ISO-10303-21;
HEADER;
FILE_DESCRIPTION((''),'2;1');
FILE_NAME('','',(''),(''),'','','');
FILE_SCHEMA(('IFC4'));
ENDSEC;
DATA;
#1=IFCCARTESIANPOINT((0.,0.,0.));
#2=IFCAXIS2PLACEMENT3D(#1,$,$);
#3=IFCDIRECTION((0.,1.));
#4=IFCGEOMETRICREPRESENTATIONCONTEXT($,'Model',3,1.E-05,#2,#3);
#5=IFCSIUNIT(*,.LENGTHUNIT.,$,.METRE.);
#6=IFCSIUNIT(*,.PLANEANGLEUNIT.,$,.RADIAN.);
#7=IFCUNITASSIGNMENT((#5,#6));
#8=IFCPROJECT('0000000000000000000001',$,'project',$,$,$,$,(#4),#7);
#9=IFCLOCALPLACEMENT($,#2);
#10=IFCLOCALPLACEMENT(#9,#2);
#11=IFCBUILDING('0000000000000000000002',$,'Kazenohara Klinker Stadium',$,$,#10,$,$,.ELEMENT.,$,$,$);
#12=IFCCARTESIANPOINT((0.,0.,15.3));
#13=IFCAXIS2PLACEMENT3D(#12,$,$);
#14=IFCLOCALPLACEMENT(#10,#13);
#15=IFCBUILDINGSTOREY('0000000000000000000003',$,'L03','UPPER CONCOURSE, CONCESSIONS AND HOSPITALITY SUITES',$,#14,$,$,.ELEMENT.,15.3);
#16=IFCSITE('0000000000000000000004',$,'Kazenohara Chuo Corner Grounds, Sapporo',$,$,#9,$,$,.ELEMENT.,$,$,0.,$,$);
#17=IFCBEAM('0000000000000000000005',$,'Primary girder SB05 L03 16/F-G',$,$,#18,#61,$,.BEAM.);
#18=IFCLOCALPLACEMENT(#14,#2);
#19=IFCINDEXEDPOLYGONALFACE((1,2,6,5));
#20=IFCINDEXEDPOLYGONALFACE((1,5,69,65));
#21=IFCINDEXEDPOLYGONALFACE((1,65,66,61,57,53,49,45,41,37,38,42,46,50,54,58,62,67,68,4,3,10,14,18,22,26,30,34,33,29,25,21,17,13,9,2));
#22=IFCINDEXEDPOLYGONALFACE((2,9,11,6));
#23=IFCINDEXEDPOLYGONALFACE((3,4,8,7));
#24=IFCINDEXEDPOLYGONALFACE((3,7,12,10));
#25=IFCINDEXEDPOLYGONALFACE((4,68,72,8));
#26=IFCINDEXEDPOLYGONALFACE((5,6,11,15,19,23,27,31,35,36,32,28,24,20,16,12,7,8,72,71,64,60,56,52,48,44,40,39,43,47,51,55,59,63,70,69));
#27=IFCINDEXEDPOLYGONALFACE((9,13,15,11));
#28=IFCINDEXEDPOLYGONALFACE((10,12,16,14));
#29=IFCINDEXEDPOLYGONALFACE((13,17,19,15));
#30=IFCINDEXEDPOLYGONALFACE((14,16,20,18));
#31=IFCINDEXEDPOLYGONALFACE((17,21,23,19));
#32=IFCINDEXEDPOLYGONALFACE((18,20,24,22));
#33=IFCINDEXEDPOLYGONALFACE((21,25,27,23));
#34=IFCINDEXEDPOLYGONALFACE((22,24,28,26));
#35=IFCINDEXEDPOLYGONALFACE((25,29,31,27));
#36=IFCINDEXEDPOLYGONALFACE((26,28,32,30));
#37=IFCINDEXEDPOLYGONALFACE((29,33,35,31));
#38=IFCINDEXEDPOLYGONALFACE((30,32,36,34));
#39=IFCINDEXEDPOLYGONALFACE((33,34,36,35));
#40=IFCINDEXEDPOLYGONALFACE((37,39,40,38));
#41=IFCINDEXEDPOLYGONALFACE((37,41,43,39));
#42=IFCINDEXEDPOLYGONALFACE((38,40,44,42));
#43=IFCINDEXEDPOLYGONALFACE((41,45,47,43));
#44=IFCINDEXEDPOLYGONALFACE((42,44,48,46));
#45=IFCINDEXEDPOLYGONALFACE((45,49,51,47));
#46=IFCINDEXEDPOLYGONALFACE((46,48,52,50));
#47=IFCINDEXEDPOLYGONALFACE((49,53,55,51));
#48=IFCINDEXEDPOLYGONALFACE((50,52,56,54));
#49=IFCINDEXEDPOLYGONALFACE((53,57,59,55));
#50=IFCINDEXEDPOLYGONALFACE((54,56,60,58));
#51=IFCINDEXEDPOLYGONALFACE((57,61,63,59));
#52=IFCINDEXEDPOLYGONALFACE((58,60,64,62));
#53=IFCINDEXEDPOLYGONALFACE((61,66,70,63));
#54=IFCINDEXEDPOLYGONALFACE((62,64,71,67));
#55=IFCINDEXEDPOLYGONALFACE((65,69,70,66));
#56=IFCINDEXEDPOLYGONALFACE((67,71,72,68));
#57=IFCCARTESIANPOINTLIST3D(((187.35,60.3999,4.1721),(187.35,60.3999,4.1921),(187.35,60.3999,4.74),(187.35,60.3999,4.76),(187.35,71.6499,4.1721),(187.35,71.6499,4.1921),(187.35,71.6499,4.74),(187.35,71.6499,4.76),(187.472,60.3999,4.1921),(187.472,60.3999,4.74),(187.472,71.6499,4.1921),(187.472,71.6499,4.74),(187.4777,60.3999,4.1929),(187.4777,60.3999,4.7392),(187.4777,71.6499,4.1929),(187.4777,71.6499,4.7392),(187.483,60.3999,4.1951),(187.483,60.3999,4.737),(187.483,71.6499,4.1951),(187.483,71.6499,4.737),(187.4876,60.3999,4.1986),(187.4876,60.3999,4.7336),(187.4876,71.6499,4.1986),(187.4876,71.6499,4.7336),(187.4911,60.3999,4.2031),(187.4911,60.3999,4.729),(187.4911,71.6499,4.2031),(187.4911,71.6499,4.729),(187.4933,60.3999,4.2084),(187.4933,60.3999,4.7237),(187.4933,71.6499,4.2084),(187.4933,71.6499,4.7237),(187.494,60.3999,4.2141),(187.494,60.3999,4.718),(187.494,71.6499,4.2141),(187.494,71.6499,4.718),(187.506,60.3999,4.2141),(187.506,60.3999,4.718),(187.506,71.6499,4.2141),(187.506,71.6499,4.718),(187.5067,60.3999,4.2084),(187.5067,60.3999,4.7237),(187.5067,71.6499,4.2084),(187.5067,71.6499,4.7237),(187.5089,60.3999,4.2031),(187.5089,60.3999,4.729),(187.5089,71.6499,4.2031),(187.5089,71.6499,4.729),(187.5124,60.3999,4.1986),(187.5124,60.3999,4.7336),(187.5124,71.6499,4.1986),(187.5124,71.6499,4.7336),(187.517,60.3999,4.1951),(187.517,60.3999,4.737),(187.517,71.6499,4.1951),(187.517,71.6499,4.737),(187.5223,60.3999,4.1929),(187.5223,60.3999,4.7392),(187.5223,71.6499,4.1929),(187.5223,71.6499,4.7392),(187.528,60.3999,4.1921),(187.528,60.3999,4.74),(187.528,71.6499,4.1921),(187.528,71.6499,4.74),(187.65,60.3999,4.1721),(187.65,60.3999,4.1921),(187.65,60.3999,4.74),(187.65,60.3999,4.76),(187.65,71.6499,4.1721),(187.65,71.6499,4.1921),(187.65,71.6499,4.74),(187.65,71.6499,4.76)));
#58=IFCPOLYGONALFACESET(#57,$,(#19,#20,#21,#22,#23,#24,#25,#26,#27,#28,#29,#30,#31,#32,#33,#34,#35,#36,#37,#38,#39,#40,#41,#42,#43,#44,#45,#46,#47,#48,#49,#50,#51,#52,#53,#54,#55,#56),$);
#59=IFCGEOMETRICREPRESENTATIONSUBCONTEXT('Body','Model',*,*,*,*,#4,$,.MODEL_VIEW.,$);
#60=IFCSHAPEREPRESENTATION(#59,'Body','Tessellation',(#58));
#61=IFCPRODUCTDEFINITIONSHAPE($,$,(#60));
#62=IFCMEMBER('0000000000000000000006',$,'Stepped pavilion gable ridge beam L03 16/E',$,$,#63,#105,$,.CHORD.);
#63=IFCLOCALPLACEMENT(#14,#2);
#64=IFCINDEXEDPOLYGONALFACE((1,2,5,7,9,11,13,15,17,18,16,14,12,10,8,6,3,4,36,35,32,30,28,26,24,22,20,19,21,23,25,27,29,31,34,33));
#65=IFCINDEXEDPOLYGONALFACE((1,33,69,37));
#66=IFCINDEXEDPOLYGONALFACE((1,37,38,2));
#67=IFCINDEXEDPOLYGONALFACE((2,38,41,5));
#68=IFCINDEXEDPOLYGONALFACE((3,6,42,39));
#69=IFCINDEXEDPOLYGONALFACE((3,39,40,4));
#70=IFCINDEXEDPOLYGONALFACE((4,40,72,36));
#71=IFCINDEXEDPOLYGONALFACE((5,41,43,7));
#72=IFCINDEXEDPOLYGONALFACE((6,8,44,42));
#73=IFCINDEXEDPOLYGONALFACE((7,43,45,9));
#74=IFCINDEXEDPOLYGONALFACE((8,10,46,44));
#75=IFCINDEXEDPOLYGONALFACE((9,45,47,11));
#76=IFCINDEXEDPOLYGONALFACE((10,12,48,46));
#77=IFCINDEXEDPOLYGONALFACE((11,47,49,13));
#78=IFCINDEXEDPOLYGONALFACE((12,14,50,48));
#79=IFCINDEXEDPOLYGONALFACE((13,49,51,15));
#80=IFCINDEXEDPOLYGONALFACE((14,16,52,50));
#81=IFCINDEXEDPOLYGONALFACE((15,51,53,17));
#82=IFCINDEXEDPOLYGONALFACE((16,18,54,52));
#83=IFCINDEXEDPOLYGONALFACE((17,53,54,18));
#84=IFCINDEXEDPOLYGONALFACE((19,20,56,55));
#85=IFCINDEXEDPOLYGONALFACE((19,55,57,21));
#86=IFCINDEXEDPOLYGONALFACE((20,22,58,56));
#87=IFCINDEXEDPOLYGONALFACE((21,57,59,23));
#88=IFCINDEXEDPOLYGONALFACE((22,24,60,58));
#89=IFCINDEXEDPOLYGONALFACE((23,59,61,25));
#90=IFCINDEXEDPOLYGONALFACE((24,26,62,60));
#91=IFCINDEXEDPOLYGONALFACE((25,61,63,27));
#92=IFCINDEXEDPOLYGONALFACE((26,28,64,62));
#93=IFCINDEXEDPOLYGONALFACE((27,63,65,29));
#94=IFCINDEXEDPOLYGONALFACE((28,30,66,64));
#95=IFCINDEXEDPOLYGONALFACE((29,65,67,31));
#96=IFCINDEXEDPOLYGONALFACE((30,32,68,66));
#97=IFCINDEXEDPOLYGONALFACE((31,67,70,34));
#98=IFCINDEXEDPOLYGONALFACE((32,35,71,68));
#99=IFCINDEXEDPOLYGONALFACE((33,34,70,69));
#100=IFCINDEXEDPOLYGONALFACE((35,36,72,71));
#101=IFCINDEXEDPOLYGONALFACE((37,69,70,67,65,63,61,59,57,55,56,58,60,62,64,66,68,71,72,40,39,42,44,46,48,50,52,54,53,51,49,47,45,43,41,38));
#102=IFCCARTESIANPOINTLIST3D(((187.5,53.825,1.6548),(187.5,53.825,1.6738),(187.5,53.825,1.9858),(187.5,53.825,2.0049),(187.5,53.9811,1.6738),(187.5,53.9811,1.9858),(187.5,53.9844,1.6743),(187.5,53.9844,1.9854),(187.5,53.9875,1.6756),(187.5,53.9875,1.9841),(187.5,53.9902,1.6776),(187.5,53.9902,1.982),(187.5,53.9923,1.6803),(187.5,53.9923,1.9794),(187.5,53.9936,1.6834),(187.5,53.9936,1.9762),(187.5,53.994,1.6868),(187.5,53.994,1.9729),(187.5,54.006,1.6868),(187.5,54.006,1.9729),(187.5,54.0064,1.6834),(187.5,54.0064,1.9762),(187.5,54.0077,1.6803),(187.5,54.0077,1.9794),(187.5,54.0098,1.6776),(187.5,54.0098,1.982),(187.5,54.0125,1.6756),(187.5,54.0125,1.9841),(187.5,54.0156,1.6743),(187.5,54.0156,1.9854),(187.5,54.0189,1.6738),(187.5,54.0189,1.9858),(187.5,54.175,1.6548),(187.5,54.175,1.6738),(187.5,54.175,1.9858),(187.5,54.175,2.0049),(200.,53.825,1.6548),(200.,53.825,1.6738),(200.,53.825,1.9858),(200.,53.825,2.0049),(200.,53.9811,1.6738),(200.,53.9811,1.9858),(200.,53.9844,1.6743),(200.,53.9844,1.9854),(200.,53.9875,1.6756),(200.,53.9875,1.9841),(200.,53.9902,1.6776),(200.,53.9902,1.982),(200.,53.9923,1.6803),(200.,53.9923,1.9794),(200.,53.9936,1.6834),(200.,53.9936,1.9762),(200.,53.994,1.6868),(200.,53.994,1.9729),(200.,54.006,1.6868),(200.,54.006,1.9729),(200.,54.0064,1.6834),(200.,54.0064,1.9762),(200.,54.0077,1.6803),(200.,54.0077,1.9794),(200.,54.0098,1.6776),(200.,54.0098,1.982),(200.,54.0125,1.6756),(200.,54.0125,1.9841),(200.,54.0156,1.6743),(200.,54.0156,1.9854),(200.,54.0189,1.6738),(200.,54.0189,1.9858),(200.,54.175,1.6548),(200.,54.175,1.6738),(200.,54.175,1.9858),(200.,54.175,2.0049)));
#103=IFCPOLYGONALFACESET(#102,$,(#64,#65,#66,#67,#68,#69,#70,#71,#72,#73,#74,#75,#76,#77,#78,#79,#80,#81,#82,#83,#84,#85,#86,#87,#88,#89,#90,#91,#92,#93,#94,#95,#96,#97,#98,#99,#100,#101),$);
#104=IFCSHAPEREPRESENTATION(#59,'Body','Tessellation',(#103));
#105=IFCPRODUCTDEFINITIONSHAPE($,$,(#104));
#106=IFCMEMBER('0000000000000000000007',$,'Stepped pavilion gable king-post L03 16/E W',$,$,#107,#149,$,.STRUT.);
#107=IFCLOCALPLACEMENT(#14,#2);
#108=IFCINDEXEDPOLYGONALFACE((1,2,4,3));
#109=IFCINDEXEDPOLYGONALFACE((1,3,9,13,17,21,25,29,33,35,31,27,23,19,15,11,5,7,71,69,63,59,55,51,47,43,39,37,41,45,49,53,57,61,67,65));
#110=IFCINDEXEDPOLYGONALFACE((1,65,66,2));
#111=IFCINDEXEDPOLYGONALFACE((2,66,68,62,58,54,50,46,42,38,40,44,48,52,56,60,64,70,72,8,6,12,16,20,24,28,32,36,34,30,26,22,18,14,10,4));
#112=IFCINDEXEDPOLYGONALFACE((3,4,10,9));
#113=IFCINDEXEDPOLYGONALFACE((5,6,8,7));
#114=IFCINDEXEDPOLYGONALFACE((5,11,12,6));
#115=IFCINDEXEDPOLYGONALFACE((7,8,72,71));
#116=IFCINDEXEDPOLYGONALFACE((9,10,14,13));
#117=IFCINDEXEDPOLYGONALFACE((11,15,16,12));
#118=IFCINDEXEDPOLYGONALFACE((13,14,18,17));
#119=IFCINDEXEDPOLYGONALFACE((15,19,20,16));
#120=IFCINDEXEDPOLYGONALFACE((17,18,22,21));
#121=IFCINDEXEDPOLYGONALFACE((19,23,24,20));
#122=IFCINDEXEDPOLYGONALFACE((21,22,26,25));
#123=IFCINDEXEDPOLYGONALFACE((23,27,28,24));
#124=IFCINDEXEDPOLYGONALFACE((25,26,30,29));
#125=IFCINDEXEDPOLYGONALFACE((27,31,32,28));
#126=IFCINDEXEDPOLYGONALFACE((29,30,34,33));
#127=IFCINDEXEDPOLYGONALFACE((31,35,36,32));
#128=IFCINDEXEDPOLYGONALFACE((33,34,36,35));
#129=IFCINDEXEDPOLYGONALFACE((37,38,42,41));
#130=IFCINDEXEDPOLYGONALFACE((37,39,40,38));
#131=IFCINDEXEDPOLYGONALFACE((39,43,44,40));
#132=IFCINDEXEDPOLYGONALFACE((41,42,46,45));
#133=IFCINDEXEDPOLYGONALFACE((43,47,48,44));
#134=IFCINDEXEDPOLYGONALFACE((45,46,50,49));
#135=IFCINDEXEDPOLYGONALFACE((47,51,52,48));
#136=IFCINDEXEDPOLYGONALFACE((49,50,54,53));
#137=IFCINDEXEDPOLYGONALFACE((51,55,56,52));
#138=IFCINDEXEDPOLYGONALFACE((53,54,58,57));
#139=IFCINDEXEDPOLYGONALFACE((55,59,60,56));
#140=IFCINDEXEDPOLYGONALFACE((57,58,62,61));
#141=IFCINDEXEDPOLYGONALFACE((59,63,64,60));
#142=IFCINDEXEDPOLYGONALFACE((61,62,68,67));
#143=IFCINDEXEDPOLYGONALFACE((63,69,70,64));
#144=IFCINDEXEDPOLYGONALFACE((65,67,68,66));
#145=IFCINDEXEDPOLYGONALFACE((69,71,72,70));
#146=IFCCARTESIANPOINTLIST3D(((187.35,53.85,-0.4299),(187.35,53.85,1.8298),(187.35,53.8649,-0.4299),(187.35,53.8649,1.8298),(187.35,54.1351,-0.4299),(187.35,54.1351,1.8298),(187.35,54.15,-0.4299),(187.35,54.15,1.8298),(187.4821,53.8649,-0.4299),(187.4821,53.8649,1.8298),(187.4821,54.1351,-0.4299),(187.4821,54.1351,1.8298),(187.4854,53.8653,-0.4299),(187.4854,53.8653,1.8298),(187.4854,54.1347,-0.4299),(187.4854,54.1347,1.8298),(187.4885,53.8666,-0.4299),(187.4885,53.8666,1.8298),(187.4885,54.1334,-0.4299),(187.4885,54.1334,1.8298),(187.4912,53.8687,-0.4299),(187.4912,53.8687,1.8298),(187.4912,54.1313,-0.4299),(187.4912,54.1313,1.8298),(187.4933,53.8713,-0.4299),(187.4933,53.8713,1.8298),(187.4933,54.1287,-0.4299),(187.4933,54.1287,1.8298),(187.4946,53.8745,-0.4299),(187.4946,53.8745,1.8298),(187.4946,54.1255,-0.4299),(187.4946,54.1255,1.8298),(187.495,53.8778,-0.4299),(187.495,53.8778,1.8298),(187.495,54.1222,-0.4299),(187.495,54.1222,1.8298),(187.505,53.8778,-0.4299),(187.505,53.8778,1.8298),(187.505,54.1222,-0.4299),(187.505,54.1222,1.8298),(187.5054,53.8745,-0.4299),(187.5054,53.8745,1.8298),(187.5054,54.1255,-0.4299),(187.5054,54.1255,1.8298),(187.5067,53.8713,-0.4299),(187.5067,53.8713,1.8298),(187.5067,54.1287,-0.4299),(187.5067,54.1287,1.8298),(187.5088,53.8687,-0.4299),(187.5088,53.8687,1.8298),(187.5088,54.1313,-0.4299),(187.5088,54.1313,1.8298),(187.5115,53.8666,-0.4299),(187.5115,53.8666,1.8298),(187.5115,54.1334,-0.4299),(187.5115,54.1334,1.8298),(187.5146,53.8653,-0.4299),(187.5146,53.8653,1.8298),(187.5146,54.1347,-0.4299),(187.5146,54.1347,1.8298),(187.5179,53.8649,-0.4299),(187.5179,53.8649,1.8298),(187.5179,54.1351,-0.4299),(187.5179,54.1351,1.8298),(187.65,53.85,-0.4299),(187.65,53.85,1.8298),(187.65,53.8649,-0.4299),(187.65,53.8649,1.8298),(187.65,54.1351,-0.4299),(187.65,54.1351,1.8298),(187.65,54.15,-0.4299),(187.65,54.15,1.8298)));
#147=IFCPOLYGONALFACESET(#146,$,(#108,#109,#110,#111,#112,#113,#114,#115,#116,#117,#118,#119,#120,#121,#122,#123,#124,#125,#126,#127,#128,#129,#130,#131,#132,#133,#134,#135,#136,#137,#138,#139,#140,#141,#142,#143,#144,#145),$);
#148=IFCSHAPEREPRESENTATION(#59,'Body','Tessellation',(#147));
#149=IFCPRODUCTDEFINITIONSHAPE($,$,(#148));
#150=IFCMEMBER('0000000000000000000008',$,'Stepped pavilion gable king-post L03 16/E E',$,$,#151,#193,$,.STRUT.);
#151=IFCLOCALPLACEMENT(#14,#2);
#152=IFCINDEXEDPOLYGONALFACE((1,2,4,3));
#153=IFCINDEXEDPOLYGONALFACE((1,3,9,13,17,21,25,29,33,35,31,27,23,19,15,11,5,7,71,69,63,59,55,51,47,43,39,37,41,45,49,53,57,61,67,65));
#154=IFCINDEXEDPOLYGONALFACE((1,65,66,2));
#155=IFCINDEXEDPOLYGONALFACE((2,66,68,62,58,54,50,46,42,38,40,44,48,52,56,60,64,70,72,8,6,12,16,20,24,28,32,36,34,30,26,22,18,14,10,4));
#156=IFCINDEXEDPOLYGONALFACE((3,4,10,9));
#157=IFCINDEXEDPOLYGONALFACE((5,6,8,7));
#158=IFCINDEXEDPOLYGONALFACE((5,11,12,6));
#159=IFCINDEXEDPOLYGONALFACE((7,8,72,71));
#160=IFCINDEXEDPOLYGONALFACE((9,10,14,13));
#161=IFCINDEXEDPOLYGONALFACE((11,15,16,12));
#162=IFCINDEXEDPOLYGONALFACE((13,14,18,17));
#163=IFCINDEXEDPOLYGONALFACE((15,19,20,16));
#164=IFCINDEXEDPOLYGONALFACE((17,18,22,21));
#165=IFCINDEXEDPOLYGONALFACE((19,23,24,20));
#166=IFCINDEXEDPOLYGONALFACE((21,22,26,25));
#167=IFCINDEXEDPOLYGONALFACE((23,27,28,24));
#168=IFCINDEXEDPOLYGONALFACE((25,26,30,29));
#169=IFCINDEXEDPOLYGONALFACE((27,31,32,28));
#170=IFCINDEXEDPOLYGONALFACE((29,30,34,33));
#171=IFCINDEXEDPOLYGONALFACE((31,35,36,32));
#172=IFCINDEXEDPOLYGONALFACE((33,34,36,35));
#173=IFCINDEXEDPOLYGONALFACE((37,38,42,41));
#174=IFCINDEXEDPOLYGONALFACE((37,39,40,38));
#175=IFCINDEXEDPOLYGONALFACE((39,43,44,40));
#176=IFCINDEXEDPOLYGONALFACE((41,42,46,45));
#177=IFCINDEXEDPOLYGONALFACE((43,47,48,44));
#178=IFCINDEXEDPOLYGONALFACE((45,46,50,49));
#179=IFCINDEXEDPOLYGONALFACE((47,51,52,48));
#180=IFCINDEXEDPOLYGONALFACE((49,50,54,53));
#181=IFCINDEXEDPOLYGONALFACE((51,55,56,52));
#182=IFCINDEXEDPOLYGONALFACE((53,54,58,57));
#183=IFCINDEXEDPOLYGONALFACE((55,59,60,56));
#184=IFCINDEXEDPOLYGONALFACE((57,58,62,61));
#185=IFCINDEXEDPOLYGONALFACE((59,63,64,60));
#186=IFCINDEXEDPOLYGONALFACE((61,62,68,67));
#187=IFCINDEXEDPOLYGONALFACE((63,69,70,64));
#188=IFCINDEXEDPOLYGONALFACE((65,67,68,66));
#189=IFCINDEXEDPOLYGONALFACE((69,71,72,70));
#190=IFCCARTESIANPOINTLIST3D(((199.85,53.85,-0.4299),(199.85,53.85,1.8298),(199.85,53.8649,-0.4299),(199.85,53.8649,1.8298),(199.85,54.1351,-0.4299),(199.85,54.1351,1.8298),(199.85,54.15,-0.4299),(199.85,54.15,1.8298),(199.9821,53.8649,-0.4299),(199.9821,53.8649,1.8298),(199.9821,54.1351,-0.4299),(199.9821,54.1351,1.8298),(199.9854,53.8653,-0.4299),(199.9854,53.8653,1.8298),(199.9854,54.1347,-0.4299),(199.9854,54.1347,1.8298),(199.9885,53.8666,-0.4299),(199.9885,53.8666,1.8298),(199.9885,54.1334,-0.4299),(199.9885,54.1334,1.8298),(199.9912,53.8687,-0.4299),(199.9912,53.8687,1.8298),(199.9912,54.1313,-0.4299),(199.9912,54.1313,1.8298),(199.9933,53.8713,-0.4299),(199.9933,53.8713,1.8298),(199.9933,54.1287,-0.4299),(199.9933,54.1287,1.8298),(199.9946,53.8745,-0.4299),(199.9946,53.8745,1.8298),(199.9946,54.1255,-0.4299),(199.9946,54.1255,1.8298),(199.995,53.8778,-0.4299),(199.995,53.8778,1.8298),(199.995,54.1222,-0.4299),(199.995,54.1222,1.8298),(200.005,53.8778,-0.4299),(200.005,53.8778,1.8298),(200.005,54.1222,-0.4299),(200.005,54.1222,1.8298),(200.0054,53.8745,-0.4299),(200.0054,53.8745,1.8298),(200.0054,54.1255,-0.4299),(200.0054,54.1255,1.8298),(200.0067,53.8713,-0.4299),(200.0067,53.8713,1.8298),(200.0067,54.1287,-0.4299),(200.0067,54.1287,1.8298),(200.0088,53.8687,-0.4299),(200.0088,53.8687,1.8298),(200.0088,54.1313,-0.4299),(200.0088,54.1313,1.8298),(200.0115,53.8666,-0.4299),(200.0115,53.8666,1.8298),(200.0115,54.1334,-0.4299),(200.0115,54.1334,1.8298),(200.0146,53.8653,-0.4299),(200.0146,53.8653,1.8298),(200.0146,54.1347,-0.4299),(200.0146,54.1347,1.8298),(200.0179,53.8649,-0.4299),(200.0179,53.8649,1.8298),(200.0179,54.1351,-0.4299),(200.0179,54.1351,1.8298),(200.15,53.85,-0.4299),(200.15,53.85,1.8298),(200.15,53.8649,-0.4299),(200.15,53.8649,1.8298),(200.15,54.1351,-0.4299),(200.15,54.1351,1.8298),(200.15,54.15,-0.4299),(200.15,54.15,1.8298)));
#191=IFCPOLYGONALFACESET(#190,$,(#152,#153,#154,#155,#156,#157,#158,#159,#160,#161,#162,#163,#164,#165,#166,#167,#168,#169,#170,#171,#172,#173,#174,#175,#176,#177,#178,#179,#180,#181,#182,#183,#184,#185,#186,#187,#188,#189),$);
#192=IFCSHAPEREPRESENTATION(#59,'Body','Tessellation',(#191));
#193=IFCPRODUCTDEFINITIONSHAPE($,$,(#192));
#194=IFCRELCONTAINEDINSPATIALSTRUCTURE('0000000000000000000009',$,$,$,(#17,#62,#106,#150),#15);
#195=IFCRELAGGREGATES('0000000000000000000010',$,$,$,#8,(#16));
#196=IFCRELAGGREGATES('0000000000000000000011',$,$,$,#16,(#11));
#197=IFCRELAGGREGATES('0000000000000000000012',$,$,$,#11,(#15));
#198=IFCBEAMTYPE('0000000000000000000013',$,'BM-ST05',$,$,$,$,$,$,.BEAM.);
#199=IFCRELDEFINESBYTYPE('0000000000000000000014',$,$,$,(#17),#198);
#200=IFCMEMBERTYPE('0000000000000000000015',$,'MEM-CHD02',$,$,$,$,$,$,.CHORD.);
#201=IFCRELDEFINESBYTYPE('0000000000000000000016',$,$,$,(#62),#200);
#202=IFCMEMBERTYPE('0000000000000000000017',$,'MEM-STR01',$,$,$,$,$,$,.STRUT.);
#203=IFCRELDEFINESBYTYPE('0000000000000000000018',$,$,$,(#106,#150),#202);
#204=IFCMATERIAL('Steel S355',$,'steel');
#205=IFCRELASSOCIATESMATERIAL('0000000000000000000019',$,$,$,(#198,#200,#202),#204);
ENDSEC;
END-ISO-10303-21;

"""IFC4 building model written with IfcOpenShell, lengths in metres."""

from ifc_helpers import new_model, si_unit, direction, frame, origin, origin_2d, place, context, subcontext, project, spatial, i_section, extrude, material, material_profile, profile_set, type_object, element, save


model = new_model("IFC4")

# Units and contexts
model_context = context("Model", 3, precision=1e-05, world=origin(), true_north=direction((0.0, 1.0)))
body_context = subcontext(model_context, "Body", "Model", "MODEL_VIEW")
ifc_project = project(units=[si_unit("LENGTHUNIT", "METRE"), si_unit("PLANEANGLEUNIT", "RADIAN")], contexts=[model_context])

# Site, building, storey
site_placement = place(None, origin())
site = spatial("IfcSite", under=ifc_project, at=site_placement, Name="Kazenohara Chuo Corner Grounds, Sapporo", CompositionType="ELEMENT", RefElevation=0.0)
building_placement = place(site_placement, origin())
building = spatial("IfcBuilding", under=site, at=building_placement, Name="Kazenohara Klinker Stadium", CompositionType="ELEMENT")
storey_placement = place(building_placement, frame((0.0, 0.0, 15.3)))
storey = spatial("IfcBuildingStorey", under=building, at=storey_placement, Name="L03", Description="UPPER CONCOURSE, CONCESSIONS AND HOSPITALITY SUITES", CompositionType="ELEMENT", Elevation=15.3)

# Beam
ifc_material_1 = material(Name="Steel S355", Category="steel")
ifc_material_profile_1 = material_profile(ifc_material_1, i_section(OverallWidth=0.3, OverallDepth=0.5879, WebThickness=0.012, FlangeThickness=0.02, FilletRadius=0.022, at=origin_2d()), Name="H-588x300x12x20")
ifc_profile_set_1 = profile_set([ifc_material_profile_1], Name="Steel S355")
beam_type_1 = type_object("IfcBeamType", Name="BM-ST05", PredefinedType="BEAM", material=ifc_profile_set_1)
beam_1_placement = place(storey_placement, frame((187.5, 60.3999, 4.4661), z_axis=(0.0, 1.0, 0.0), x_axis=(-1.0, 0.0, 0.0)))
element("IfcBeam", 1, at=beam_1_placement, inside=storey, type_object=beam_type_1, Name="Primary girder SB05 L03 16/F-G", PredefinedType="BEAM", context=body_context, shape_type="SweptSolid", body=[
    extrude(i_section(OverallWidth=0.3, OverallDepth=0.5879, WebThickness=0.012, FlangeThickness=0.02, FilletRadius=0.022, at=origin_2d()), origin(), (0.0, 0.0, 1.0), 11.25),
])

# Members
ifc_material_profile_2 = material_profile(ifc_material_1, i_section(OverallWidth=0.3501, OverallDepth=0.3501, WebThickness=0.012, FlangeThickness=0.019, FilletRadius=0.0129, at=origin_2d()), Name="H-350x350x12x19")
ifc_profile_set_2 = profile_set([ifc_material_profile_2], Name="Steel S355")
member_type_1 = type_object("IfcMemberType", Name="MEM-CHD02", PredefinedType="CHORD", material=ifc_profile_set_2)
member_placement = place(storey_placement, frame((187.5, 54.0, 1.8298), z_axis=(1.0, 0.0, 0.0), x_axis=(0.0, 1.0, 0.0)))
element("IfcMember", 2, at=member_placement, inside=storey, type_object=member_type_1, Name="Stepped pavilion gable ridge beam L03 16/E", PredefinedType="CHORD", context=body_context, shape_type="SweptSolid", body=[
    extrude(i_section(OverallWidth=0.3501, OverallDepth=0.3501, WebThickness=0.012, FlangeThickness=0.019, FilletRadius=0.0129, at=origin_2d()), origin(), (0.0, 0.0, 1.0), 12.5),
])
ifc_material_profile_3 = material_profile(ifc_material_1, i_section(OverallWidth=0.3, OverallDepth=0.3, WebThickness=0.01, FlangeThickness=0.0149, FilletRadius=0.0129, at=origin_2d()), Name="H-300x300x10x15")
ifc_profile_set_3 = profile_set([ifc_material_profile_3], Name="Steel S355")
member_type_2 = type_object("IfcMemberType", Name="MEM-STR01", PredefinedType="STRUT", material=ifc_profile_set_3)
for number, where, z_axis, x_axis, name in (
    (3, (187.5, 54.0, -0.4299), (0.0, 0.0, 1.0), (1.0, 0.0, 0.0), "Stepped pavilion gable king-post L03 16/E W"),
    (4, (200.0, 54.0, -0.4299), (0.0, 0.0, 1.0), (1.0, 0.0, 0.0), "Stepped pavilion gable king-post L03 16/E E"),
):
    element("IfcMember", number, at=place(storey_placement, frame(where, z_axis=z_axis, x_axis=x_axis)), inside=storey, type_object=member_type_2, Name=name, PredefinedType="STRUT", context=body_context, shape_type="SweptSolid", body=[
        extrude(i_section(OverallWidth=0.3, OverallDepth=0.3, WebThickness=0.01, FlangeThickness=0.0149, FilletRadius=0.0129, at=origin_2d()), origin(), (0.0, 0.0, 1.0), 2.2598),
    ])

save(model, "model.ifc")
